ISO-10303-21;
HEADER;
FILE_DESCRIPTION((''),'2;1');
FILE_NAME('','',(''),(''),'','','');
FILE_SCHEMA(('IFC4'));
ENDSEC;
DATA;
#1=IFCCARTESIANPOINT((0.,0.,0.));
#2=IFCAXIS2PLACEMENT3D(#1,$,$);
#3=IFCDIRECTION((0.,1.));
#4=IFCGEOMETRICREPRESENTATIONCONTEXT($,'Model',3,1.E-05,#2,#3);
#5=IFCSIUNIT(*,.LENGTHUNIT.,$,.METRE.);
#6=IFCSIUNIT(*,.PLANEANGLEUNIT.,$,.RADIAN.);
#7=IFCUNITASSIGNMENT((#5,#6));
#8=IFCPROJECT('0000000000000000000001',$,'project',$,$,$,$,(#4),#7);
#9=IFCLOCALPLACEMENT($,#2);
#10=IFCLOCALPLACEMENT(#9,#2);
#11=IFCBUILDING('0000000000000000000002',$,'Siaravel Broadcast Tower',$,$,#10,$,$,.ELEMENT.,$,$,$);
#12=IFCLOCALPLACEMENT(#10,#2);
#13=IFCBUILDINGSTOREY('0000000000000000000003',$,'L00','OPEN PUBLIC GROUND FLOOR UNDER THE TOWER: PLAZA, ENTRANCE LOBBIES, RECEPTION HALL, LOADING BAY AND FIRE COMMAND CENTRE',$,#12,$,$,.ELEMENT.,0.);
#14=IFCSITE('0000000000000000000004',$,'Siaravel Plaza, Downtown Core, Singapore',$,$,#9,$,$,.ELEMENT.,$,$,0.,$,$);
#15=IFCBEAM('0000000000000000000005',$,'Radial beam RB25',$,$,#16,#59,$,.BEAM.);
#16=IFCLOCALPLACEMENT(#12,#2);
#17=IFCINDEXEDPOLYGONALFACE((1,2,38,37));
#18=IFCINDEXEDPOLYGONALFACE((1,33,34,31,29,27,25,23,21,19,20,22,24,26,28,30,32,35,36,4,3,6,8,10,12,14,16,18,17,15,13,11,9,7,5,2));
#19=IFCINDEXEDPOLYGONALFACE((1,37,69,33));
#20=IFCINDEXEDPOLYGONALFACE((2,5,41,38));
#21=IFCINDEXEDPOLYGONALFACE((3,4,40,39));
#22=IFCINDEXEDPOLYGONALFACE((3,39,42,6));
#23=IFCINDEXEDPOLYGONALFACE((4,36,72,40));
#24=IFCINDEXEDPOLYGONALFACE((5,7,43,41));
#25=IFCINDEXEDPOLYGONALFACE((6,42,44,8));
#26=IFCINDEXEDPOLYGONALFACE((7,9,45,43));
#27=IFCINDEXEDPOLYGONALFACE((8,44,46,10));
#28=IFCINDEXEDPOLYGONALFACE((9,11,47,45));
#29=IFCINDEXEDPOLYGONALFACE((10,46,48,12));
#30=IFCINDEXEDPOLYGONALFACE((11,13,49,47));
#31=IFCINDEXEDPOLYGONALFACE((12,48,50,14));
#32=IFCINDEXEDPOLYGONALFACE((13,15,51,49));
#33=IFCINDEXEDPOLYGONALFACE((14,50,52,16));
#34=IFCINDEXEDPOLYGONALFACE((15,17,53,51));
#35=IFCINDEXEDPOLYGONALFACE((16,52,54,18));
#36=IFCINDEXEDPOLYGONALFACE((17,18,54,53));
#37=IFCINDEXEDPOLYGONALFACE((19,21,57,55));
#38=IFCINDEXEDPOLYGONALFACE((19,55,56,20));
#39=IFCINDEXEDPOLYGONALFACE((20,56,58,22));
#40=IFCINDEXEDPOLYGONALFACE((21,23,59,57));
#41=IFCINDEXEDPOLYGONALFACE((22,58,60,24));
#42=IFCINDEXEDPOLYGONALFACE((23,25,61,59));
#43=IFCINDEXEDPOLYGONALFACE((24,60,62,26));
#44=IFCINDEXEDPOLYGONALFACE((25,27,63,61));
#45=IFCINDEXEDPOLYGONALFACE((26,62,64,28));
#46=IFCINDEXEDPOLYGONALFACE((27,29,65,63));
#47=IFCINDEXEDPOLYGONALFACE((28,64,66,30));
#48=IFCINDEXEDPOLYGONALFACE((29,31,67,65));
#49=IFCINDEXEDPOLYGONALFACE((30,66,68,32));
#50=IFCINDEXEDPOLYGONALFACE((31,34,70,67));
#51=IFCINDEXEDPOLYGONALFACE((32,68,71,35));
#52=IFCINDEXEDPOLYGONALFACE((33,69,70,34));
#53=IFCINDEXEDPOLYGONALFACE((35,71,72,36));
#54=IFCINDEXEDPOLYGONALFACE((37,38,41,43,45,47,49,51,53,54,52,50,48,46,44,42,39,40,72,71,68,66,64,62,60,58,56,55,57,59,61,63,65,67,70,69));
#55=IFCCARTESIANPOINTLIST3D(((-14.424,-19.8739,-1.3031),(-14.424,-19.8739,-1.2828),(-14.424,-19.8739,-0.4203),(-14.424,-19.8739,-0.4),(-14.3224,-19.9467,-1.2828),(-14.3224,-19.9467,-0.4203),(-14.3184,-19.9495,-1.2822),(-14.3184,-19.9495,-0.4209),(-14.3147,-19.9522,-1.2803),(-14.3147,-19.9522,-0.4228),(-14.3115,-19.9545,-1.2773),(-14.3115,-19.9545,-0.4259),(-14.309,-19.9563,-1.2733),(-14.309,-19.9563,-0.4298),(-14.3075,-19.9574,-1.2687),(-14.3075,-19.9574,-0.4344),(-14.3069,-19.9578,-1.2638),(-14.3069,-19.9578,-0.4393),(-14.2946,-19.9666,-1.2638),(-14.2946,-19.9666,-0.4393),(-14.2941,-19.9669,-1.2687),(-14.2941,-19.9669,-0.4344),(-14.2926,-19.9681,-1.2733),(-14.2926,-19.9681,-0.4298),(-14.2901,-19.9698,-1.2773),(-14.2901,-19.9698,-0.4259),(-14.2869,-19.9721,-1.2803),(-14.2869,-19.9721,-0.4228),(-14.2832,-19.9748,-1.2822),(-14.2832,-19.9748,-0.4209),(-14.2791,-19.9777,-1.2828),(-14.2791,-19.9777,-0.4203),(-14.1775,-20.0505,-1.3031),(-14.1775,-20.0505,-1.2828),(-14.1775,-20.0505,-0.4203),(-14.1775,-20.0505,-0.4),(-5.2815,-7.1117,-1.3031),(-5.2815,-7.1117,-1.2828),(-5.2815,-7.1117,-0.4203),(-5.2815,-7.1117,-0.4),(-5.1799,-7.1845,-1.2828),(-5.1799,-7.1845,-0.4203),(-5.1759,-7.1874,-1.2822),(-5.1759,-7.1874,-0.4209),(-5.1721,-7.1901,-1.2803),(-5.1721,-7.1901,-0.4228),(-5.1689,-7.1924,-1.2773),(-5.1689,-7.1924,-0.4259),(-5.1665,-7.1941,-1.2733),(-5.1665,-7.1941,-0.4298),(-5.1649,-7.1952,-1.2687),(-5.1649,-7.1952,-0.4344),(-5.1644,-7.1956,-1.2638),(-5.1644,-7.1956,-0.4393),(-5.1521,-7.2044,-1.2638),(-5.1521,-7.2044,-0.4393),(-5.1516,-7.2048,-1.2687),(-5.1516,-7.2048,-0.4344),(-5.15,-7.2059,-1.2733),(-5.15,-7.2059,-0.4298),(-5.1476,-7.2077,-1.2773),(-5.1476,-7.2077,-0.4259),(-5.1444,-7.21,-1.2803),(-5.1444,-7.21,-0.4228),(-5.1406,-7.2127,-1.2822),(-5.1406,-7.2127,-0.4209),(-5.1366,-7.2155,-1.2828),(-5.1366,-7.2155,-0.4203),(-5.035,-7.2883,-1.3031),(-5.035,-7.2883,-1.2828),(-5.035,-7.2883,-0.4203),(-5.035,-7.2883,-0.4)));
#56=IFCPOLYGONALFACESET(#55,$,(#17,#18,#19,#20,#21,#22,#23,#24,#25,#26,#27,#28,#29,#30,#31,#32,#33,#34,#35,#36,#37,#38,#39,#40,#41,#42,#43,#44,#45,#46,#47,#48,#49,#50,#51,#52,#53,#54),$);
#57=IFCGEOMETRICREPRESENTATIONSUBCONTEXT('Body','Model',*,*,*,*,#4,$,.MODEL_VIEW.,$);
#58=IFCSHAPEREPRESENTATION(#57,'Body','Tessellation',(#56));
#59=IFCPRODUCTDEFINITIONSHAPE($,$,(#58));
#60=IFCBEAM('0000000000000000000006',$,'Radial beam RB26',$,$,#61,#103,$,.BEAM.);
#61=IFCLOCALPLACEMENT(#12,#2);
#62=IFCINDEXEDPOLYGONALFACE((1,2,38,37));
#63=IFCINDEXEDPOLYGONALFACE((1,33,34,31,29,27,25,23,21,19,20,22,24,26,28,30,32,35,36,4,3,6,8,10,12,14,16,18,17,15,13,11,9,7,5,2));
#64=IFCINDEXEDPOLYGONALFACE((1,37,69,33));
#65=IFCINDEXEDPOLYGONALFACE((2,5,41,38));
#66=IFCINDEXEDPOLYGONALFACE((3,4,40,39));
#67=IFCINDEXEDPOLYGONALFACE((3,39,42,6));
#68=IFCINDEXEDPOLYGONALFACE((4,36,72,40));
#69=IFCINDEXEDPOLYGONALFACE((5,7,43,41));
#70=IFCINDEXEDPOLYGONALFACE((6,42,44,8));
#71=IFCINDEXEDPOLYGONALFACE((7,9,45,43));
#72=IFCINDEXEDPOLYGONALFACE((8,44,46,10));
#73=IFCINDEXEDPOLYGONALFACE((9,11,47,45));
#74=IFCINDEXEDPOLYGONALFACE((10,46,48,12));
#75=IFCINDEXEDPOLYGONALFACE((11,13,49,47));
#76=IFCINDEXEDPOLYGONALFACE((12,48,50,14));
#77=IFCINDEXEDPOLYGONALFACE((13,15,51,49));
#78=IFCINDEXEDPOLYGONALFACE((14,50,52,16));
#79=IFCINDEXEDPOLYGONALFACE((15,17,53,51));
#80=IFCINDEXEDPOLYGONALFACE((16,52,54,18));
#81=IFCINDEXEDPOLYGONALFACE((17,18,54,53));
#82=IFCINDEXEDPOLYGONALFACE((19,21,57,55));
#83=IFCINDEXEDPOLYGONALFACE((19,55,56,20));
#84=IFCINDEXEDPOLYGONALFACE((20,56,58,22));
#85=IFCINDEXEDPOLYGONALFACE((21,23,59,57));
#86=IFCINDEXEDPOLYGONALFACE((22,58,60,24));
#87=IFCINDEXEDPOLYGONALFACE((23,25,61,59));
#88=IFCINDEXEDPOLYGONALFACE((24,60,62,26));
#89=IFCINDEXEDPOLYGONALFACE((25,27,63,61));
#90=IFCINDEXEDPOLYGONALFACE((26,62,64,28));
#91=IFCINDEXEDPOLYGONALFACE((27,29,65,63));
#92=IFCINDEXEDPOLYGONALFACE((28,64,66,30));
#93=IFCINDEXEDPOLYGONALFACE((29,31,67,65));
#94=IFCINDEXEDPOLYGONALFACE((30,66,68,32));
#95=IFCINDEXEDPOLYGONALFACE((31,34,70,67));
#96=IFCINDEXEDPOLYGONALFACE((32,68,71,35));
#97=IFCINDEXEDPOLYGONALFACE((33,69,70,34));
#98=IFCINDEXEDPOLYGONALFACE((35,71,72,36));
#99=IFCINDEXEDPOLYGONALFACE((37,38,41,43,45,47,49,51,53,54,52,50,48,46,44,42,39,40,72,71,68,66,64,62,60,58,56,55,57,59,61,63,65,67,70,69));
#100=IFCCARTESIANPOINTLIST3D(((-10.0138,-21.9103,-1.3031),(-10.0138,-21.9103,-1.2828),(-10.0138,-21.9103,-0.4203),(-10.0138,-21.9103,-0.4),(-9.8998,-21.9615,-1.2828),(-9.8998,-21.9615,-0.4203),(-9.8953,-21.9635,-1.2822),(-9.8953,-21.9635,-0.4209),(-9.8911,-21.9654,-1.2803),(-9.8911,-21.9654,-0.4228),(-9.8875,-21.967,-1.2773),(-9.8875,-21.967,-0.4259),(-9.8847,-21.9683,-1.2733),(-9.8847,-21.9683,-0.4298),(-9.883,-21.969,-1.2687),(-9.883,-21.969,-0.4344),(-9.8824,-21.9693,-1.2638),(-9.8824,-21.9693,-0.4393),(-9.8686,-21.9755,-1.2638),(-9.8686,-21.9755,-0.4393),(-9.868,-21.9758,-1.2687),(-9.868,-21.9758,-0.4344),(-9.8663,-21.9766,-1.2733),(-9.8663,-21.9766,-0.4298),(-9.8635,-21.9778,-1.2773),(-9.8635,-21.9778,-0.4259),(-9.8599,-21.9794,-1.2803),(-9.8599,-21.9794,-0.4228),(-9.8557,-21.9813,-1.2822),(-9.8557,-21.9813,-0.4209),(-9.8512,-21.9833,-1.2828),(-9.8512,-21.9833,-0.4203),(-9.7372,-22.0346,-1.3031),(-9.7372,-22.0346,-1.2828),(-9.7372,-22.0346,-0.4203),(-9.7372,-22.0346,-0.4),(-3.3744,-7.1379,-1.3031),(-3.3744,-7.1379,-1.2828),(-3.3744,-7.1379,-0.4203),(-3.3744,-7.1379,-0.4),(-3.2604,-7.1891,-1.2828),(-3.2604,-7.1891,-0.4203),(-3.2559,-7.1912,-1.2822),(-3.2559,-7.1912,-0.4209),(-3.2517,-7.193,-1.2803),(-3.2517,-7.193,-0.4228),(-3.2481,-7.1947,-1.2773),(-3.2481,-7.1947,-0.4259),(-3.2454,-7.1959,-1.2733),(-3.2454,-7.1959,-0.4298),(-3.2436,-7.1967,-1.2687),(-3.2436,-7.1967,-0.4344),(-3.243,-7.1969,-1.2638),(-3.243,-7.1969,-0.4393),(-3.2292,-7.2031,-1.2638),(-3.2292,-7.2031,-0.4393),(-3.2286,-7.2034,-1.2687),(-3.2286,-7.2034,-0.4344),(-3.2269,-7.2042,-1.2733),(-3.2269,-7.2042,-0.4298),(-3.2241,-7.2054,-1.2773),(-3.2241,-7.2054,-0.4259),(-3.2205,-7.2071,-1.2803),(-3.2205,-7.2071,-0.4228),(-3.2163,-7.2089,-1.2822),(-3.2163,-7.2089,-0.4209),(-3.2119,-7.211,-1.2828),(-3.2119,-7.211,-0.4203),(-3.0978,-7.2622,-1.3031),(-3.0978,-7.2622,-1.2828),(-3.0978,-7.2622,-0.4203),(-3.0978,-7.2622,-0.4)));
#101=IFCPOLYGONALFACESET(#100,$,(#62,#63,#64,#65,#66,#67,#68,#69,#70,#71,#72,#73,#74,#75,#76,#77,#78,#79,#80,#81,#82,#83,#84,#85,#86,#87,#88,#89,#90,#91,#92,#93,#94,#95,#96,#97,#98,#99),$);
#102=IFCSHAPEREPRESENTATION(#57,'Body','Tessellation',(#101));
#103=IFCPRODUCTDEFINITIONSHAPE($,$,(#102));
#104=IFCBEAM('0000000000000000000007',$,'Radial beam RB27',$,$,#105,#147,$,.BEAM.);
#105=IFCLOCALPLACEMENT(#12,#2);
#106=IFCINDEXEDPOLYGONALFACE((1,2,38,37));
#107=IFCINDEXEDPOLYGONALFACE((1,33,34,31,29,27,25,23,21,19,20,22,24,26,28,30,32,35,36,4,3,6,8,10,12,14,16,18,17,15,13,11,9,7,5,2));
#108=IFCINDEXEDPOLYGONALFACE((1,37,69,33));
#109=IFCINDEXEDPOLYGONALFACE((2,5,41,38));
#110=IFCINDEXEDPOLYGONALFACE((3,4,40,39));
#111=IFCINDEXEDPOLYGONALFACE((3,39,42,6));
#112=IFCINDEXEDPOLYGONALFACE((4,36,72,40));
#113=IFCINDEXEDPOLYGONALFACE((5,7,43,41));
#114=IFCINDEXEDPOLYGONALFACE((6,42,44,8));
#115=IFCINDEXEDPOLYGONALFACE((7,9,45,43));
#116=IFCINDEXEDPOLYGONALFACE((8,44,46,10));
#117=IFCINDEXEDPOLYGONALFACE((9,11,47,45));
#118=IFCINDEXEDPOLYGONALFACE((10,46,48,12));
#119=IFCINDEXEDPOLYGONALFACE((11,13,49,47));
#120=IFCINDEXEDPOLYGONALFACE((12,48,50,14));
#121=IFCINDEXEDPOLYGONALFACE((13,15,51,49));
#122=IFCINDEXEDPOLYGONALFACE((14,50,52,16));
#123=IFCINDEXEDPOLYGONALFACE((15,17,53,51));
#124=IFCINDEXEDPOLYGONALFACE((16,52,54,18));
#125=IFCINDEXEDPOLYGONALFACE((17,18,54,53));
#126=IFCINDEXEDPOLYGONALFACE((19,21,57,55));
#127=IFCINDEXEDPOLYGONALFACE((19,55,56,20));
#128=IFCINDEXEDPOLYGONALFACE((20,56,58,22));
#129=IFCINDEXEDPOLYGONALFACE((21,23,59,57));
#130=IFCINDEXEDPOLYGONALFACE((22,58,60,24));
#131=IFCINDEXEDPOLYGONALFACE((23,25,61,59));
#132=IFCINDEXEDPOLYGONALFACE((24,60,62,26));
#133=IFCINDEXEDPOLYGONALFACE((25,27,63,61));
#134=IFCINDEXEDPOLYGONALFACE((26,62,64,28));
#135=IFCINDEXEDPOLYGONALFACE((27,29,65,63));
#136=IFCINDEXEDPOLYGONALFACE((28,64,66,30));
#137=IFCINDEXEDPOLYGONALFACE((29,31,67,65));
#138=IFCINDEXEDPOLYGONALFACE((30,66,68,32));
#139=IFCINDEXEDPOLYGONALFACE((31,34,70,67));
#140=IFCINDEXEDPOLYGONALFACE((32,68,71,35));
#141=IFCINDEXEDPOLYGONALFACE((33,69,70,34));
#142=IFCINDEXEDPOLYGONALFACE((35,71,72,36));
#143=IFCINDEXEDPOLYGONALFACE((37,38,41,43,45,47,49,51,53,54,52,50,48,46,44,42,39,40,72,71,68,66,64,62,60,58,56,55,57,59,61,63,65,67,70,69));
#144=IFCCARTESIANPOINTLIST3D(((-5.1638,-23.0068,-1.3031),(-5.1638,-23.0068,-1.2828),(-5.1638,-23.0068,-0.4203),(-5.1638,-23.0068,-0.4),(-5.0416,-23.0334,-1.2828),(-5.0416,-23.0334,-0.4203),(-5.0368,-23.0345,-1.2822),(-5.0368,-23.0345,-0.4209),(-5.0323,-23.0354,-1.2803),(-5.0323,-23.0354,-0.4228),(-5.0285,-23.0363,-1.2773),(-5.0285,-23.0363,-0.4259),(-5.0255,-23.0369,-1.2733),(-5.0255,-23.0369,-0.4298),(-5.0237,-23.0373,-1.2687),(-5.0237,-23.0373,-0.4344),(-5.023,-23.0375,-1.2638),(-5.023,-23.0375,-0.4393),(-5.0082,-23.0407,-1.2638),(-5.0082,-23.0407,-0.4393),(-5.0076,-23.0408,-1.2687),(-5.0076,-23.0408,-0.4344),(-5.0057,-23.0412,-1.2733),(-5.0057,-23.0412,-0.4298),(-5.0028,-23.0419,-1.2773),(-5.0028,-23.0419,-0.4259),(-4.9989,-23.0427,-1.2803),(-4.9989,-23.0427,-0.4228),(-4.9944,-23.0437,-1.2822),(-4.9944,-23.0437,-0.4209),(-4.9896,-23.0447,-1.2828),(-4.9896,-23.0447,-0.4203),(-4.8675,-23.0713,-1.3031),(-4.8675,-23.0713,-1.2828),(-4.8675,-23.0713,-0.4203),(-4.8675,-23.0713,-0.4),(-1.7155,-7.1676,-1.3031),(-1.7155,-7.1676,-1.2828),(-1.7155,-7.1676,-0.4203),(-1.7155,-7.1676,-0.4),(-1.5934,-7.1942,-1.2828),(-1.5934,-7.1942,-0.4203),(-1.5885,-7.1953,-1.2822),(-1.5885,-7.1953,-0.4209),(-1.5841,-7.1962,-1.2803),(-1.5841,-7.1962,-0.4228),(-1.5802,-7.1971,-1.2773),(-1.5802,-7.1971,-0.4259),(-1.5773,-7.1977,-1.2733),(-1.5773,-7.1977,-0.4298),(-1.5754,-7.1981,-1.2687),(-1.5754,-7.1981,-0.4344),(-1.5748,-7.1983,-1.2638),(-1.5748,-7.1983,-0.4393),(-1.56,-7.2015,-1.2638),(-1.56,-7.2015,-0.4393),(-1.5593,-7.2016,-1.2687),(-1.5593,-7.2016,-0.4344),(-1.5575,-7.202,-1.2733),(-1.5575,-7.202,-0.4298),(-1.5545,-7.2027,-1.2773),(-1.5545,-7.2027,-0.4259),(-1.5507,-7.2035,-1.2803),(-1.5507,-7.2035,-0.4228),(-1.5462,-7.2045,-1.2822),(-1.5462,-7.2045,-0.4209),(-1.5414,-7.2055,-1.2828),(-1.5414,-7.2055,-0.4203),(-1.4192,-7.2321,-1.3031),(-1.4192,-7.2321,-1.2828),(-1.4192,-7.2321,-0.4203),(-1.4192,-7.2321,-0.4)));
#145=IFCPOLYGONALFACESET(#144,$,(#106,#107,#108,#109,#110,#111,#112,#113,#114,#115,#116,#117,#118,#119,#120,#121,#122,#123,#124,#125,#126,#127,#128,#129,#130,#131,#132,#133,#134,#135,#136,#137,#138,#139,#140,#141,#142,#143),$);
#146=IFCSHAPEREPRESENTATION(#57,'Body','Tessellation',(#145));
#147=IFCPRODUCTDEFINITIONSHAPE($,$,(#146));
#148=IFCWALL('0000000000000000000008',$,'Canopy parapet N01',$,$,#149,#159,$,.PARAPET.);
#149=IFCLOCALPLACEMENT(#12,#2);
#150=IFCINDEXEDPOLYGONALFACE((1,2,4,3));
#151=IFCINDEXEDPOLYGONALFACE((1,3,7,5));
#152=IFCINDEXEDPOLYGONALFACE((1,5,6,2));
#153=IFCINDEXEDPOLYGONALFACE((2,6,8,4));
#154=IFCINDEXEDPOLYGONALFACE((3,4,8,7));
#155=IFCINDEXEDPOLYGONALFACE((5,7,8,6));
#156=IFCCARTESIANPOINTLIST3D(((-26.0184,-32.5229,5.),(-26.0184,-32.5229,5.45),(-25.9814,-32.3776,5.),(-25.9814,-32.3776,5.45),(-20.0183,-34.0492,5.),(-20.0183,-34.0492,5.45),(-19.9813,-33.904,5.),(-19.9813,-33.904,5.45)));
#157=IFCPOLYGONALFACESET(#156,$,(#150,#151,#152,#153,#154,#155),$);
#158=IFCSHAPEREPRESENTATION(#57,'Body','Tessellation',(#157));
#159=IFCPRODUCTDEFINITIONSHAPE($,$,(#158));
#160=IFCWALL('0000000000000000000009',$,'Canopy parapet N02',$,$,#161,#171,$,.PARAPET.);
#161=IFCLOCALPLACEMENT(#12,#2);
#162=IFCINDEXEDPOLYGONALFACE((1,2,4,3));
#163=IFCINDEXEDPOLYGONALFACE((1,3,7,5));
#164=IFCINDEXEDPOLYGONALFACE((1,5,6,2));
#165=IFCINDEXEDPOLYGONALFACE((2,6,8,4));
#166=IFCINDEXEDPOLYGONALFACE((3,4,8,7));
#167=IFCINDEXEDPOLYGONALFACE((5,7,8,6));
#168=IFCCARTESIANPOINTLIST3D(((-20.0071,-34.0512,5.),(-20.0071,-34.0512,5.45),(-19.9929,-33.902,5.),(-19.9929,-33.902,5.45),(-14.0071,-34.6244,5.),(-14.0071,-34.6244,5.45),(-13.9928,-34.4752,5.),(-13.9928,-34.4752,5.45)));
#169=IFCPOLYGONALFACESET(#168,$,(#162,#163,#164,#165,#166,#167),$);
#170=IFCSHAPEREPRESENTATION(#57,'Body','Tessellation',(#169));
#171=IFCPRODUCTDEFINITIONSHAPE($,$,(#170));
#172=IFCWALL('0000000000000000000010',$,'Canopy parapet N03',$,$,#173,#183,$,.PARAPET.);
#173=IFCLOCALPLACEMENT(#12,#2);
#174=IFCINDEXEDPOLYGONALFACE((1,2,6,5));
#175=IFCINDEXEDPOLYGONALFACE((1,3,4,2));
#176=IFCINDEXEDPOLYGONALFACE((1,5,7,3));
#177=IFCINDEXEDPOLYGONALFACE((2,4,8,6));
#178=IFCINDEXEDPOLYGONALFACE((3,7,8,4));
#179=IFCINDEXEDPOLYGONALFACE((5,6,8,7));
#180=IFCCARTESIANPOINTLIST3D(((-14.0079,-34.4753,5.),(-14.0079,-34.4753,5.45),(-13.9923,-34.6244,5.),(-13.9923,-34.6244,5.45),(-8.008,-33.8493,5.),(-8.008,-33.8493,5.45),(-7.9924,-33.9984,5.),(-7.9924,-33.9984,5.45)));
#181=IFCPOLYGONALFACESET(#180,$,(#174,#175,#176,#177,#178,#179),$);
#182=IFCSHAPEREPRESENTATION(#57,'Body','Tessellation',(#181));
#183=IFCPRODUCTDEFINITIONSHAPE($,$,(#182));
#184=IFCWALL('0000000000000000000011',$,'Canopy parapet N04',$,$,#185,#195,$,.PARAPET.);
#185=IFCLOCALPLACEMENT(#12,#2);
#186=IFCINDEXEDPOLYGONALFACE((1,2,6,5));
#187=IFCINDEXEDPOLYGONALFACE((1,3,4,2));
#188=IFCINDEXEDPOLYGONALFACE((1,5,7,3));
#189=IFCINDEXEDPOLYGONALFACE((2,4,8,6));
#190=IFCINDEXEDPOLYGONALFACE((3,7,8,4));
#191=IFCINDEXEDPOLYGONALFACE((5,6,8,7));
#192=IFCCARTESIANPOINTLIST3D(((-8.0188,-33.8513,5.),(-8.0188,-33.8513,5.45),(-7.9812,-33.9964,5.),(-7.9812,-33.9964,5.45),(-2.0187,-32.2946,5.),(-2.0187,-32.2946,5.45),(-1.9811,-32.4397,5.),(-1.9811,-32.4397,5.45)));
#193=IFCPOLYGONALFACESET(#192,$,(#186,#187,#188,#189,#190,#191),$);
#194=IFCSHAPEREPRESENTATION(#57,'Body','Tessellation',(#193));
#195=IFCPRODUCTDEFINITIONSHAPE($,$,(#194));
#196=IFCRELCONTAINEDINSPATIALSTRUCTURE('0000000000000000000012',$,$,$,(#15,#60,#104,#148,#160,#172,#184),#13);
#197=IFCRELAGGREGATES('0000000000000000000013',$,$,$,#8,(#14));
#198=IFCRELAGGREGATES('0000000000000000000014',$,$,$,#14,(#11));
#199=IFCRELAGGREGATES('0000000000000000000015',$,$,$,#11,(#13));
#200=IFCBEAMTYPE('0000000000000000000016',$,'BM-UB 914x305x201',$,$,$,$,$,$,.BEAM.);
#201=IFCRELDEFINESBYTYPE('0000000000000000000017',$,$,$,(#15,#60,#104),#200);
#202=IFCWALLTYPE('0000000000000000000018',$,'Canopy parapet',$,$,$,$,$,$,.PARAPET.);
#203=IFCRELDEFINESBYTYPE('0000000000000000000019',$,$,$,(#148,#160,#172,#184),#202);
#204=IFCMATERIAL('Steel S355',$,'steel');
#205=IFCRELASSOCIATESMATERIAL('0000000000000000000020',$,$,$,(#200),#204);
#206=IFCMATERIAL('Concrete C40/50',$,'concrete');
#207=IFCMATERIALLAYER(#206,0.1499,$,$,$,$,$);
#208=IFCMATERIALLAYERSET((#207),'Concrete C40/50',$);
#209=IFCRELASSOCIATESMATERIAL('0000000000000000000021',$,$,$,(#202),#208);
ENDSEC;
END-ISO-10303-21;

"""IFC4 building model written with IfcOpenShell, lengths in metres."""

from ifc_helpers import new_model, si_unit, direction, frame, frame_2d, origin, origin_2d, place, context, subcontext, project, spatial, rectangle, i_section, extrude, material, layer, layer_set, material_profile, profile_set, type_object, element, save


model = new_model("IFC4")

# Units and contexts
model_context = context("Model", 3, precision=1e-05, world=origin(), true_north=direction((0.0, 1.0)))
body_context = subcontext(model_context, "Body", "Model", "MODEL_VIEW")
ifc_project = project(units=[si_unit("LENGTHUNIT", "METRE"), si_unit("PLANEANGLEUNIT", "RADIAN")], contexts=[model_context])

# Site, building, storey
site_placement = place(None, origin())
site = spatial("IfcSite", under=ifc_project, at=site_placement, Name="Siaravel Plaza, Downtown Core, Singapore", CompositionType="ELEMENT", RefElevation=0.0)
building_placement = place(site_placement, origin())
building = spatial("IfcBuilding", under=site, at=building_placement, Name="Siaravel Broadcast Tower", CompositionType="ELEMENT")
storey_placement = place(building_placement, origin())
storey = spatial("IfcBuildingStorey", under=building, at=storey_placement, Name="L00", Description="OPEN PUBLIC GROUND FLOOR UNDER THE TOWER: PLAZA, ENTRANCE LOBBIES, RECEPTION HALL, LOADING BAY AND FIRE COMMAND CENTRE", CompositionType="ELEMENT", Elevation=0.0)

# Shared definitions
ifc_material_1 = material(Name="Concrete C40/50", Category="concrete")

# Shared definitions
ifc_material_2 = material(Name="Steel S355", Category="steel")

# Beams
ifc_material_profile_1 = material_profile(ifc_material_2, i_section(OverallWidth=0.3032, OverallDepth=0.9031, WebThickness=0.0151, FlangeThickness=0.0203, FilletRadius=0.019, at=origin_2d()))
ifc_profile_set_1 = profile_set([ifc_material_profile_1], Name="Steel S355")
beam_type = type_object("IfcBeamType", Name="BM-UB 914x305x201", PredefinedType="BEAM", material=ifc_profile_set_1)
beam_1_placement = place(storey_placement, frame((-14.3008, -19.9622, -0.8516), z_axis=(0.582364, 0.812928, 0.0), x_axis=(-0.812928, 0.582364, 0.0)))
element("IfcBeam", 1, at=beam_1_placement, inside=storey, type_object=beam_type, Name="Radial beam RB25", PredefinedType="BEAM", context=body_context, shape_type="SweptSolid", body=[
    extrude(i_section(OverallWidth=0.3032, OverallDepth=0.9031, WebThickness=0.0151, FlangeThickness=0.0203, FilletRadius=0.019, at=origin_2d()), origin(), (0.0, 0.0, 1.0), 15.699),
])
beam_2_placement = place(storey_placement, frame((-9.8755, -21.9724, -0.8516), z_axis=(0.409943, 0.912111, 0.0), x_axis=(-0.912111, 0.409943, 0.0)))
element("IfcBeam", 2, at=beam_2_placement, inside=storey, type_object=beam_type, Name="Radial beam RB26", PredefinedType="BEAM", context=body_context, shape_type="SweptSolid", body=[
    extrude(i_section(OverallWidth=0.3032, OverallDepth=0.9031, WebThickness=0.0151, FlangeThickness=0.0203, FilletRadius=0.019, at=origin_2d()), origin(), (0.0, 0.0, 1.0), 16.1958),
])
beam_3_placement = place(storey_placement, frame((-5.0156, -23.0391, -0.8516), z_axis=(0.212722, 0.977113, 0.0), x_axis=(-0.977113, 0.212722, 0.0)))
element("IfcBeam", 3, at=beam_3_placement, inside=storey, type_object=beam_type, Name="Radial beam RB27", PredefinedType="BEAM", context=body_context, shape_type="SweptSolid", body=[
    extrude(i_section(OverallWidth=0.3032, OverallDepth=0.9031, WebThickness=0.0151, FlangeThickness=0.0203, FilletRadius=0.019, at=origin_2d()), origin(), (0.0, 0.0, 1.0), 16.2102),
])

# Walls
ifc_layer_1 = layer(ifc_material_1, 0.1499)
ifc_layer_set_1 = layer_set([ifc_layer_1], Name="Concrete C40/50")
wall_type_1 = type_object("IfcWallType", Name="Canopy parapet", PredefinedType="PARAPET", material=ifc_layer_set_1)
wall_1_placement = place(storey_placement, frame((-26.0, -32.4502, 5.0), z_axis=(0.0, 0.0, 1.0), x_axis=(0.969132, -0.246542, 0.0)))
element("IfcWall", 4, at=wall_1_placement, inside=storey, type_object=wall_type_1, Name="Canopy parapet N01", PredefinedType="PARAPET", context=body_context, shape_type="SweptSolid", body=[
    extrude(rectangle(XDim=6.1912, YDim=0.1499, at=frame_2d((3.0957, 0.0))), origin(), (0.0, 0.0, 1.0), 0.45),
])
wall_2_placement = place(storey_placement, frame((-20.0, -33.9766, 5.0), z_axis=(0.0, 0.0, 1.0), x_axis=(0.995467, -0.095107, 0.0)))
element("IfcWall", 5, at=wall_2_placement, inside=storey, type_object=wall_type_1, Name="Canopy parapet N02", PredefinedType="PARAPET", context=body_context, shape_type="SweptSolid", body=[
    extrude(rectangle(XDim=6.0273, YDim=0.1499, at=frame_2d((3.0137, 0.0))), origin(), (0.0, 0.0, 1.0), 0.45),
])
wall_3_placement = place(storey_placement, frame((-14.0, -34.5498, 5.0), z_axis=(0.0, 0.0, 1.0), x_axis=(0.994602, 0.103766, 0.0)))
element("IfcWall", 6, at=wall_3_placement, inside=storey, type_object=wall_type_1, Name="Canopy parapet N03", PredefinedType="PARAPET", context=body_context, shape_type="SweptSolid", body=[
    extrude(rectangle(XDim=6.0325, YDim=0.1499, at=frame_2d((3.0161, 0.0))), origin(), (0.0, 0.0, 1.0), 0.45),
])
wall_4_placement = place(storey_placement, frame((-8.0, -33.9238, 5.0), z_axis=(0.0, 0.0, 1.0), x_axis=(0.967954, 0.251126, 0.0)))
element("IfcWall", 7, at=wall_4_placement, inside=storey, type_object=wall_type_1, Name="Canopy parapet N04", PredefinedType="PARAPET", context=body_context, shape_type="SweptSolid", body=[
    extrude(rectangle(XDim=6.1987, YDim=0.1499, at=frame_2d((3.0994, 0.0))), origin(), (0.0, 0.0, 1.0), 0.45),
])

save(model, "model.ifc")
